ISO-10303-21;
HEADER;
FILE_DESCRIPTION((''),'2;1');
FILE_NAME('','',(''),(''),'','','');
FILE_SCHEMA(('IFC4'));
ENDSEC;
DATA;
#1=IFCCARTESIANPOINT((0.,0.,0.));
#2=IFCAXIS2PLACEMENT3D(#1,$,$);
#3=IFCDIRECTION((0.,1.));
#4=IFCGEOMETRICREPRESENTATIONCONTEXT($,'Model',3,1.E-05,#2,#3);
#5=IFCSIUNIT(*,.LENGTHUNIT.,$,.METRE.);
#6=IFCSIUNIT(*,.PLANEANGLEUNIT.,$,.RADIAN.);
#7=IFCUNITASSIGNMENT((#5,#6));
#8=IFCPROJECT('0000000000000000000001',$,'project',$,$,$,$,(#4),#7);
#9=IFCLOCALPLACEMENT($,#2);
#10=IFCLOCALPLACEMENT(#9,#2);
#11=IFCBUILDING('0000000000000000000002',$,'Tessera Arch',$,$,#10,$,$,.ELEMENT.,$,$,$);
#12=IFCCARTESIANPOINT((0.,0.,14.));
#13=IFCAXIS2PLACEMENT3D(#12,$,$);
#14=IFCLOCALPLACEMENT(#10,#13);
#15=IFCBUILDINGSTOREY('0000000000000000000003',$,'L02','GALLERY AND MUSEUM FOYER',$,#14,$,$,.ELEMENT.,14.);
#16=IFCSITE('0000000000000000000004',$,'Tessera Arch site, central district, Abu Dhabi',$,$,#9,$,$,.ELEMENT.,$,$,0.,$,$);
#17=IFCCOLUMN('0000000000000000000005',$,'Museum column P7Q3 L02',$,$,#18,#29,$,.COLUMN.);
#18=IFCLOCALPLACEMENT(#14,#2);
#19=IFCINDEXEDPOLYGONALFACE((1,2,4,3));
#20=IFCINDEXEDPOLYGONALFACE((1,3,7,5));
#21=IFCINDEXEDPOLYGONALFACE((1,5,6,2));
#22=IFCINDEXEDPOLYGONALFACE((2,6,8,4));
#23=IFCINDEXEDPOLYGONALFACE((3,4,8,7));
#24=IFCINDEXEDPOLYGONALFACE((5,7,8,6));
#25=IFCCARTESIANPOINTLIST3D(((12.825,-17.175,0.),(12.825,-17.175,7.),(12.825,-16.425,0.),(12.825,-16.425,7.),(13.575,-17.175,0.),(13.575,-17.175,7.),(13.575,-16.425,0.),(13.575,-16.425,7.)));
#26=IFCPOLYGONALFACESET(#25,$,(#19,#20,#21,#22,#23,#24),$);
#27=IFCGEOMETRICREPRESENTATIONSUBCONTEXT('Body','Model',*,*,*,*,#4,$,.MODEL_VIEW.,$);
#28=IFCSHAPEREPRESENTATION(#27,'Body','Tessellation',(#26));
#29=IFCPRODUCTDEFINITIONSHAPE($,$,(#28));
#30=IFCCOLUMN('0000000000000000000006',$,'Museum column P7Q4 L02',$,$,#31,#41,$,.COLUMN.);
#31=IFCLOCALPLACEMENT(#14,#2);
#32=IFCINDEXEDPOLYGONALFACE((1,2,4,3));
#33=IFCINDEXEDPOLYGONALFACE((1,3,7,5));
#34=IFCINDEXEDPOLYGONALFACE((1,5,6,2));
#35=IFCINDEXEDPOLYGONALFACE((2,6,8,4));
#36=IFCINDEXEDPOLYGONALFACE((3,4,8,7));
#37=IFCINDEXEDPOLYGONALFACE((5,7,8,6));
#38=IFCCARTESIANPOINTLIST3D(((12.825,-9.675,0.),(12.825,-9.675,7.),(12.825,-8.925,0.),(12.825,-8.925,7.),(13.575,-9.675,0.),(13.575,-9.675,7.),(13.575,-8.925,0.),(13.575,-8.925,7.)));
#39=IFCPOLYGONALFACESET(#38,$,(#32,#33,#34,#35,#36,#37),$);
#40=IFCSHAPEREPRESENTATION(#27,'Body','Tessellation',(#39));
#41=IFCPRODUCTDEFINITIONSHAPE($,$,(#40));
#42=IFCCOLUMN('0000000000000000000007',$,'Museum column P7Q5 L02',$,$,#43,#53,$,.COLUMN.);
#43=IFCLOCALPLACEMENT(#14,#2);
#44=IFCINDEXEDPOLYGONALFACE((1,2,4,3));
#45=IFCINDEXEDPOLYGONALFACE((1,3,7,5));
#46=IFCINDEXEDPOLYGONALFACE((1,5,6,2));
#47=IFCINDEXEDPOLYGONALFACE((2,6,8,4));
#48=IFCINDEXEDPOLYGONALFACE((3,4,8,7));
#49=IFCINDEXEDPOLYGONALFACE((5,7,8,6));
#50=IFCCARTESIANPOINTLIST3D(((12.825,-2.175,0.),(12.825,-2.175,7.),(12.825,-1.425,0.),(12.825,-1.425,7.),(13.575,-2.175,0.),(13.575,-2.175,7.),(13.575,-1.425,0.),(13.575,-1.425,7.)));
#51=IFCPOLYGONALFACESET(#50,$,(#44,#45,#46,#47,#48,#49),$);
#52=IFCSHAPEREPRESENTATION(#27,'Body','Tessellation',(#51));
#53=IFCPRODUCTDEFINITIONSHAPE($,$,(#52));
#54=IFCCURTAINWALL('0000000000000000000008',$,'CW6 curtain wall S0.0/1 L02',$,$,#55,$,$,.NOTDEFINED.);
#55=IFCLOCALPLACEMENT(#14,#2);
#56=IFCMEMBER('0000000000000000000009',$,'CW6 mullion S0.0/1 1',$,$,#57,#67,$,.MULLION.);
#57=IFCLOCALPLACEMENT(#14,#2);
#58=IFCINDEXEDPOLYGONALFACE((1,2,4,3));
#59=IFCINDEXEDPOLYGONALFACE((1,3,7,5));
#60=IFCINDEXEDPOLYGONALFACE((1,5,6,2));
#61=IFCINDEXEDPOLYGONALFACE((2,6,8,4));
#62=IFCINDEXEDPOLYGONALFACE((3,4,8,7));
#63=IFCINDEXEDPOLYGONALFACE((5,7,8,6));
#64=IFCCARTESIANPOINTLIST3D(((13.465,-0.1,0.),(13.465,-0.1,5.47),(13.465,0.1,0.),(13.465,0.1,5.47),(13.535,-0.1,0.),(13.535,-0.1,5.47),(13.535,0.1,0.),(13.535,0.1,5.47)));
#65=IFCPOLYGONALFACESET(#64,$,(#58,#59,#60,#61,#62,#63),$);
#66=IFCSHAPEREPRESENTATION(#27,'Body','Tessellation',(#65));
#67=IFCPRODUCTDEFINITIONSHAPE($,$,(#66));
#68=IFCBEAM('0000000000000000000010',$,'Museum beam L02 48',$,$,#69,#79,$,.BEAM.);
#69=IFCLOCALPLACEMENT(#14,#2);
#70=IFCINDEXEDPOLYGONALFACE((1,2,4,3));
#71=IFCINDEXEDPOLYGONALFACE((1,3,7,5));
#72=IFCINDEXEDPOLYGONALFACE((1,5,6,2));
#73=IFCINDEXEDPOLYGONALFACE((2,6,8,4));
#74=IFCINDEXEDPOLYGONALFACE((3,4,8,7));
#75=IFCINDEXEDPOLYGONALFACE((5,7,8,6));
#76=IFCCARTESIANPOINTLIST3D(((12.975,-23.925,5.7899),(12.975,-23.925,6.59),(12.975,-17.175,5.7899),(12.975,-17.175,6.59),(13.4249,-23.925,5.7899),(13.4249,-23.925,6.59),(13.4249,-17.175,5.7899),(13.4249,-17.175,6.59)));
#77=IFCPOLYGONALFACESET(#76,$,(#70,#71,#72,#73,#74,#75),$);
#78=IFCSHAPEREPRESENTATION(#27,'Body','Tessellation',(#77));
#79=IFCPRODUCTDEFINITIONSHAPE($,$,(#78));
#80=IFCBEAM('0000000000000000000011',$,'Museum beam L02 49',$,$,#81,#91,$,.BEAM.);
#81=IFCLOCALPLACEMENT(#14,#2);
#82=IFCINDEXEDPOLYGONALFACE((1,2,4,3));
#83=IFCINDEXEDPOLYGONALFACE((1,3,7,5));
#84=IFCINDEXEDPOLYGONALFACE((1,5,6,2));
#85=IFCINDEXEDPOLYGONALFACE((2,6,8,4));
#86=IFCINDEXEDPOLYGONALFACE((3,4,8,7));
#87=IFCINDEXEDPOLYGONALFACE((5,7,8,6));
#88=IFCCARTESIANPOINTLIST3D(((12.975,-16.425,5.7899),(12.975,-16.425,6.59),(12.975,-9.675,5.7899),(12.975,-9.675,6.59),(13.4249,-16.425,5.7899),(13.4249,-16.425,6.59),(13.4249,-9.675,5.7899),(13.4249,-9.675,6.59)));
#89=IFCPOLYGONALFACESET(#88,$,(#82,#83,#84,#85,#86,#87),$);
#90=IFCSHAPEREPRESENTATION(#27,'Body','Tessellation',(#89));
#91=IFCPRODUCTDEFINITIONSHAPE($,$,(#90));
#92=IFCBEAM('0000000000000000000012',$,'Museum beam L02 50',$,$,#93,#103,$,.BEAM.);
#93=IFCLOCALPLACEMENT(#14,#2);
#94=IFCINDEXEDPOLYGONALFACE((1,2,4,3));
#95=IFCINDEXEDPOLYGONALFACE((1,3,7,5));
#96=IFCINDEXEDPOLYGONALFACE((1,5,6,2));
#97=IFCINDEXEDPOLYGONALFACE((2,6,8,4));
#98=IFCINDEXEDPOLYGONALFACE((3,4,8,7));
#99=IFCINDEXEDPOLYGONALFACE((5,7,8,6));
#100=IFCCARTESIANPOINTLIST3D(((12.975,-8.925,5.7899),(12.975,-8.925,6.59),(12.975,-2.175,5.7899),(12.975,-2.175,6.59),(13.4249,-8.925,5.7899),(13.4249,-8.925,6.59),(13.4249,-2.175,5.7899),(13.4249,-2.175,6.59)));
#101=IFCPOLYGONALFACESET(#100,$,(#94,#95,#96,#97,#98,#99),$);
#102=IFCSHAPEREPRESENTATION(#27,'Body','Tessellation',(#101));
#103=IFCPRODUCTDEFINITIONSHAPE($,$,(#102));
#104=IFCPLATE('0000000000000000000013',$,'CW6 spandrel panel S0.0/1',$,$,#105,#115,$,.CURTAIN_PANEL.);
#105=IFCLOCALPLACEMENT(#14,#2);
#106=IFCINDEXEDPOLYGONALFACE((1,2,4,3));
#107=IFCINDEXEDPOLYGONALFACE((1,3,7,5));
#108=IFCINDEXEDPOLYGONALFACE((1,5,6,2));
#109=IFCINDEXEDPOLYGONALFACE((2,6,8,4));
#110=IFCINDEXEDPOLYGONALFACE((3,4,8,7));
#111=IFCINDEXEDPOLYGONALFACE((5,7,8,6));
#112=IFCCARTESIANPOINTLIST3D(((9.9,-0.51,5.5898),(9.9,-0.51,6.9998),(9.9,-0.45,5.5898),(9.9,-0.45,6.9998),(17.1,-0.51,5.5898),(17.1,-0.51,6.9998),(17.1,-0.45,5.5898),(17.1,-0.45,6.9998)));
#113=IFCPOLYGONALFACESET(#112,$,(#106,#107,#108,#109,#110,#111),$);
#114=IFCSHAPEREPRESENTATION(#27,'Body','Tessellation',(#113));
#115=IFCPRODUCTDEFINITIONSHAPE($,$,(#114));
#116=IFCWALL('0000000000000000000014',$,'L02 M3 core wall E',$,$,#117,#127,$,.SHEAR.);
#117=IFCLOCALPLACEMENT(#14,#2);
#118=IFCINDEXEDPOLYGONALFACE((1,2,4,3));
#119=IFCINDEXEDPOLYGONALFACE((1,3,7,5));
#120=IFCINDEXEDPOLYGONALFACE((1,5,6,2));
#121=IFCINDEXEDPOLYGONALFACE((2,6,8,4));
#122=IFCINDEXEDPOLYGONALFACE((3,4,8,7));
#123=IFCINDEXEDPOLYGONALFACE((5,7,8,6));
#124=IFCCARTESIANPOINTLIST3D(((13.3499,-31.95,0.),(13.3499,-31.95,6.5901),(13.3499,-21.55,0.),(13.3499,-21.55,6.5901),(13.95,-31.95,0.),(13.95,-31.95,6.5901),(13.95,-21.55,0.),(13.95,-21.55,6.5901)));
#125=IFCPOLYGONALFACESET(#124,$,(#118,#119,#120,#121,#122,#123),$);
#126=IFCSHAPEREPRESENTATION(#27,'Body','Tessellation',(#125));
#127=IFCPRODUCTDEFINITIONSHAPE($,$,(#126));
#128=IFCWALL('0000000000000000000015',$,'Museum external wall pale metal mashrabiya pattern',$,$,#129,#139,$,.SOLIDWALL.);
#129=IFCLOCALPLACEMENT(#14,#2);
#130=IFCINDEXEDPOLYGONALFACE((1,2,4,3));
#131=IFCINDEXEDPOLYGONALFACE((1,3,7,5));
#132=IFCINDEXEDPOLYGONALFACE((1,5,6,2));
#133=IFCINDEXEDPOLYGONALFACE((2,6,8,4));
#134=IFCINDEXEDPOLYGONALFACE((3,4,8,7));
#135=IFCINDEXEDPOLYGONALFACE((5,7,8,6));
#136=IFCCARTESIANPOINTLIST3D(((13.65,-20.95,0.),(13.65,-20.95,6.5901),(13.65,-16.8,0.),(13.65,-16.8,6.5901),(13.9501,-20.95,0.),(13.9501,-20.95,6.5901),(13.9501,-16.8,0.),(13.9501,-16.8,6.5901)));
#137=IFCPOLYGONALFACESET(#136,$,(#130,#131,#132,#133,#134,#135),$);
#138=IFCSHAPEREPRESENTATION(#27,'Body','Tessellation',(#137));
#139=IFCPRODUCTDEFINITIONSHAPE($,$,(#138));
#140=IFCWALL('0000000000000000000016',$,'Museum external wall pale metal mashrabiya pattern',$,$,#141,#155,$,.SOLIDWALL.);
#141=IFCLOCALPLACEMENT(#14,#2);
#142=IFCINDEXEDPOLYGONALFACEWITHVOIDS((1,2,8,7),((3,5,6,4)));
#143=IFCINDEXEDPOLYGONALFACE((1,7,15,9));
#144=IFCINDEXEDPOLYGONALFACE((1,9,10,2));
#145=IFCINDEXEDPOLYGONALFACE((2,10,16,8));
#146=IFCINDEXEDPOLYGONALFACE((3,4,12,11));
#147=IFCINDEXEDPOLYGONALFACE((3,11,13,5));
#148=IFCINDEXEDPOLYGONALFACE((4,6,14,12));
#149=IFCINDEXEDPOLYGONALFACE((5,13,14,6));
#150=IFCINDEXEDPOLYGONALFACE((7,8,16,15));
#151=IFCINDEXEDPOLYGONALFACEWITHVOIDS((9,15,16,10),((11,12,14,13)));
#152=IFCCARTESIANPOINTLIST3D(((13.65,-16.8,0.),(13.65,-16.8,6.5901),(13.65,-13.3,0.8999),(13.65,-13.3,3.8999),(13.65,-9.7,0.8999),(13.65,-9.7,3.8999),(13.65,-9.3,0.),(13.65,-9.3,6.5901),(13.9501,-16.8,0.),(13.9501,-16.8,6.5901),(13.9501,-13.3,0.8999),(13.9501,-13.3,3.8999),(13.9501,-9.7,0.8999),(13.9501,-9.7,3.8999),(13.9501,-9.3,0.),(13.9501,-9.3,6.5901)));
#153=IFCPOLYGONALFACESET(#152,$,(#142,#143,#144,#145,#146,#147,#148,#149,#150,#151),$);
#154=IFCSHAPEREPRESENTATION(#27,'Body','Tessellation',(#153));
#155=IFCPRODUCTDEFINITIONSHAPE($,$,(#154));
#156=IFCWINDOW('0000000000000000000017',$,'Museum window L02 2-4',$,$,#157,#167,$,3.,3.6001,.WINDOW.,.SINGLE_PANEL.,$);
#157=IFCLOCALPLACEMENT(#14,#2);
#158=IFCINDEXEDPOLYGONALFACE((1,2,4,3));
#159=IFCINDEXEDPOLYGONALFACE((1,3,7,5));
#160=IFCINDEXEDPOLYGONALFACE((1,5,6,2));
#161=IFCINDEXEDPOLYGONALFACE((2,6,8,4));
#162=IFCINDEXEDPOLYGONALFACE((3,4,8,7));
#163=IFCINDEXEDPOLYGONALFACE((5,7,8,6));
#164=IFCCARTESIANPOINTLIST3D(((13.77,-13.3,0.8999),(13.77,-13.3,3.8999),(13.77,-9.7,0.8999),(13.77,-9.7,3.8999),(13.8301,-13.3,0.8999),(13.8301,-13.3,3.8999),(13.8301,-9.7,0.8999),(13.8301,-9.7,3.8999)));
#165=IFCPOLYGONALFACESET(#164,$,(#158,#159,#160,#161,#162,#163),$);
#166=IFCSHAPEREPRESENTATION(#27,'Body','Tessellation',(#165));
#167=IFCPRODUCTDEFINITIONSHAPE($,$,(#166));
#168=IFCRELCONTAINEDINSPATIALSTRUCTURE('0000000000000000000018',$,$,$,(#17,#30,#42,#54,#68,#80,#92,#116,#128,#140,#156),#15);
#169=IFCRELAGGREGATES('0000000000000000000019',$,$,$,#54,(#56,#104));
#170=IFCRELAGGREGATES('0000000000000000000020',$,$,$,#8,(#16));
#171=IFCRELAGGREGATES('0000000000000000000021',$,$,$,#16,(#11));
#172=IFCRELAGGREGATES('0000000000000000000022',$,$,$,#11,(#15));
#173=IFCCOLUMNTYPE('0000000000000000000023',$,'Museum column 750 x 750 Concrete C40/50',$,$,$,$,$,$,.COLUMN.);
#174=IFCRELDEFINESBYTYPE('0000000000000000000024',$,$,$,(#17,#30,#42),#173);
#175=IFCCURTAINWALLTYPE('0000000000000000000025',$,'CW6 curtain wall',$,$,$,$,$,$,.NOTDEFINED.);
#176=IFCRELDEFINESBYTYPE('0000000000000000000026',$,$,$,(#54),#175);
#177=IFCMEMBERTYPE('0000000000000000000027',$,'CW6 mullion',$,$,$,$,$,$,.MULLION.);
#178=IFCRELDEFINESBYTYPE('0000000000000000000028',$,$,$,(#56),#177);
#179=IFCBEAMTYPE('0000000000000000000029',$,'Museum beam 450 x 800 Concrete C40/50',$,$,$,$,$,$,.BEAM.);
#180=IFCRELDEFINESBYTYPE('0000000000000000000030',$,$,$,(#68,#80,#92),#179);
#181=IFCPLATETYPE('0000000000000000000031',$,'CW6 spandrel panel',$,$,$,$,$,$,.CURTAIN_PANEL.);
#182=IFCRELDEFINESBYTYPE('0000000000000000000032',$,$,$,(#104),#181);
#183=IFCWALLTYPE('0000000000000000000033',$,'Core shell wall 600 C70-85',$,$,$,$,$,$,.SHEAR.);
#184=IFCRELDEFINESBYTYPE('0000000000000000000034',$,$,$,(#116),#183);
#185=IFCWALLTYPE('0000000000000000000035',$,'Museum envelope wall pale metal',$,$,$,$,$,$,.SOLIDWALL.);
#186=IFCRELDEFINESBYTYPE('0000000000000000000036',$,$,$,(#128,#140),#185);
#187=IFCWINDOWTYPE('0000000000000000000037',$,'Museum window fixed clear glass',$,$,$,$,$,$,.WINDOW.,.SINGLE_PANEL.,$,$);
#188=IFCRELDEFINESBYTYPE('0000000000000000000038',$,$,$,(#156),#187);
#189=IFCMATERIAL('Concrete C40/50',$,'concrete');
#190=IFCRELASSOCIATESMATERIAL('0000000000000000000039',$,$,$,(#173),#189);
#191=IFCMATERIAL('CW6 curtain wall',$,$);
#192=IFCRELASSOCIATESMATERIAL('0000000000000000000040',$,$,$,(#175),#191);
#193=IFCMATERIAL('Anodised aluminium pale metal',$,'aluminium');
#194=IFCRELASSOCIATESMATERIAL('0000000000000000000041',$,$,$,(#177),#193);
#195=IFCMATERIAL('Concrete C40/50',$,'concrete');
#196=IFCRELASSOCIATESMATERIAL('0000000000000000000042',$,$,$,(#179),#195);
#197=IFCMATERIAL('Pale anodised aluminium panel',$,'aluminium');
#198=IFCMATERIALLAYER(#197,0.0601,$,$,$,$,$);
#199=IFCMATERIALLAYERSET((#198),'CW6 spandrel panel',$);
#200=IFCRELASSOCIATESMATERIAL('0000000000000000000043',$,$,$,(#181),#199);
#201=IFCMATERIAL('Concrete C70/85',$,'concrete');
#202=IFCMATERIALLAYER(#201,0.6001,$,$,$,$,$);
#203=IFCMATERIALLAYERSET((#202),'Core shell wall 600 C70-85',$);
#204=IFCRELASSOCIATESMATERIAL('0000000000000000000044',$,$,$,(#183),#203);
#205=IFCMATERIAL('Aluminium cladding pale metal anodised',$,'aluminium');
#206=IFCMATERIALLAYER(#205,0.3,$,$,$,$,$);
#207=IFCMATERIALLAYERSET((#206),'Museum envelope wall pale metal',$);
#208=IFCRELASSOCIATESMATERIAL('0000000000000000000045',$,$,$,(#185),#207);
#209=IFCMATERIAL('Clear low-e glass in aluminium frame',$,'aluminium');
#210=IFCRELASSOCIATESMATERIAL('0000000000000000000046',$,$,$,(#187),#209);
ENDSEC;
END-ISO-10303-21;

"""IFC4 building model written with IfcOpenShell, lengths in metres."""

from ifc_helpers import new_model, si_unit, direction, frame, frame_2d, origin, origin_2d, place, context, subcontext, project, spatial, rectangle, extrude, material, layer, layer_set, material_profile, profile_set, type_object, element, fill, aggregate, save


model = new_model("IFC4")

# Units and contexts
model_context = context("Model", 3, precision=1e-05, world=origin(), true_north=direction((0.0, 1.0)))
body_context = subcontext(model_context, "Body", "Model", "MODEL_VIEW")
ifc_project = project(units=[si_unit("LENGTHUNIT", "METRE"), si_unit("PLANEANGLEUNIT", "RADIAN")], contexts=[model_context])

# Site, building, storey
site_placement = place(None, origin())
site = spatial("IfcSite", under=ifc_project, at=site_placement, Name="Tessera Arch site, central district, Abu Dhabi", CompositionType="ELEMENT", RefElevation=0.0)
building_placement = place(site_placement, origin())
building = spatial("IfcBuilding", under=site, at=building_placement, Name="Tessera Arch", CompositionType="ELEMENT")
storey_placement = place(building_placement, frame((0.0, 0.0, 14.0)))
storey = spatial("IfcBuildingStorey", under=building, at=storey_placement, Name="L02", Description="GALLERY AND MUSEUM FOYER", CompositionType="ELEMENT", Elevation=14.0)

# Columns
ifc_material_1 = material(Name="Concrete C40/50", Category="concrete")
ifc_material_profile_1 = material_profile(ifc_material_1, rectangle(XDim=0.75, YDim=0.75, at=origin_2d()), Name="Museum column 750 x 750 Concrete C40/50")
ifc_profile_set_1 = profile_set([ifc_material_profile_1], Name="Concrete C40/50")
column_type = type_object("IfcColumnType", Name="Museum column 750 x 750 Concrete C40/50", PredefinedType="COLUMN", material=ifc_profile_set_1)
for number, where, z_axis, x_axis, name in (
    (1, (13.2, -16.8, 0.0), (0.0, 0.0, 1.0), (1.0, 0.0, 0.0), "Museum column P7Q3 L02"),
    (2, (13.2, -9.3, 0.0), (0.0, 0.0, 1.0), (1.0, 0.0, 0.0), "Museum column P7Q4 L02"),
    (3, (13.2, -1.8, 0.0), (0.0, 0.0, 1.0), (1.0, 0.0, 0.0), "Museum column P7Q5 L02"),
):
    element("IfcColumn", number, at=place(storey_placement, frame(where, z_axis=z_axis, x_axis=x_axis)), inside=storey, type_object=column_type, Name=name, PredefinedType="COLUMN", context=body_context, shape_type="SweptSolid", body=[
        extrude(rectangle(XDim=0.75, YDim=0.75, at=origin_2d()), origin(), (0.0, 0.0, 1.0), 7.0),
    ])

# Curtain wall, member
ifc_material_2 = material(Name="CW6 curtain wall")
curtain_wall_type = type_object("IfcCurtainWallType", Name="CW6 curtain wall", PredefinedType="NOTDEFINED", material=ifc_material_2)
curtain_wall_placement = place(storey_placement, origin())
curtain_wall = element("IfcCurtainWall", 4, at=curtain_wall_placement, inside=storey, type_object=curtain_wall_type, Name="CW6 curtain wall S0.0/1 L02", PredefinedType="NOTDEFINED")
ifc_material_3 = material(Name="Anodised aluminium pale metal", Category="aluminium")
ifc_material_profile_2 = material_profile(ifc_material_3, rectangle(XDim=0.2, YDim=0.0701, at=origin_2d()), Name="AL 70x200")
ifc_profile_set_2 = profile_set([ifc_material_profile_2], Name="Anodised aluminium pale metal")
member_type = type_object("IfcMemberType", Name="CW6 mullion", PredefinedType="MULLION", material=ifc_profile_set_2)
member_placement = place(storey_placement, frame((13.5, 0.0, 0.0), z_axis=(0.0, 0.0, 1.0), x_axis=(0.0, 1.0, 0.0)))
member = element("IfcMember", 5, at=member_placement, type_object=member_type, Name="CW6 mullion S0.0/1 1", PredefinedType="MULLION", context=body_context, shape_type="SweptSolid", body=[
    extrude(rectangle(XDim=0.2, YDim=0.0701, at=origin_2d()), origin(), (0.0, 0.0, 1.0), 5.47),
])

# Beams
ifc_material_4 = material(Name="Concrete C40/50", Category="concrete")
ifc_material_profile_3 = material_profile(ifc_material_4, rectangle(XDim=0.45, YDim=0.8, at=origin_2d()), Name="Museum beam 450 x 800 Concrete C40/50")
ifc_profile_set_3 = profile_set([ifc_material_profile_3], Name="Concrete C40/50")
beam_type = type_object("IfcBeamType", Name="Museum beam 450 x 800 Concrete C40/50", PredefinedType="BEAM", material=ifc_profile_set_3)
for number, where, z_axis, x_axis, name in (
    (6, (13.2, -23.925, 6.1899), (0.0, 1.0, 0.0), (-1.0, 0.0, 0.0), "Museum beam L02 48"),
    (7, (13.2, -16.425, 6.1899), (0.0, 1.0, 0.0), (-1.0, 0.0, 0.0), "Museum beam L02 49"),
    (8, (13.2, -8.925, 6.1899), (0.0, 1.0, 0.0), (-1.0, 0.0, 0.0), "Museum beam L02 50"),
):
    element("IfcBeam", number, at=place(storey_placement, frame(where, z_axis=z_axis, x_axis=x_axis)), inside=storey, type_object=beam_type, Name=name, PredefinedType="BEAM", context=body_context, shape_type="SweptSolid", body=[
        extrude(rectangle(XDim=0.45, YDim=0.8, at=origin_2d()), origin(), (0.0, 0.0, 1.0), 6.75),
    ])

# Plate
ifc_material_5 = material(Name="Pale anodised aluminium panel", Category="aluminium")
ifc_layer_1 = layer(ifc_material_5, 0.0601)
ifc_layer_set_1 = layer_set([ifc_layer_1], Name="CW6 spandrel panel")
plate_type = type_object("IfcPlateType", Name="CW6 spandrel panel", PredefinedType="CURTAIN_PANEL", material=ifc_layer_set_1)
plate_placement = place(storey_placement, frame((13.5, -0.48, 5.5898), z_axis=(0.0, 0.0, 1.0), x_axis=(1.0, 0.0, 0.0)))
plate = element("IfcPlate", 9, at=plate_placement, type_object=plate_type, Name="CW6 spandrel panel S0.0/1", PredefinedType="CURTAIN_PANEL", context=body_context, shape_type="SweptSolid", body=[
    extrude(rectangle(XDim=7.2, YDim=0.0601, at=origin_2d()), origin(), (0.0, 0.0, 1.0), 1.4099),
])
aggregate(curtain_wall, [member, plate])

# Walls
ifc_material_6 = material(Name="Concrete C70/85", Category="concrete")
ifc_layer_2 = layer(ifc_material_6, 0.6001)
ifc_layer_set_2 = layer_set([ifc_layer_2], Name="Core shell wall 600 C70-85")
wall_type_1 = type_object("IfcWallType", Name="Core shell wall 600 C70-85", PredefinedType="SHEAR", material=ifc_layer_set_2)
wall_1_placement = place(storey_placement, frame((13.6499, -31.95, 0.0), z_axis=(0.0, 0.0, 1.0), x_axis=(0.0, 1.0, 0.0)))
element("IfcWall", 10, at=wall_1_placement, inside=storey, type_object=wall_type_1, Name="L02 M3 core wall E", PredefinedType="SHEAR", context=body_context, shape_type="SweptSolid", body=[
    extrude(rectangle(XDim=10.3999, YDim=0.6001, at=frame_2d((5.2, 0.0))), origin(), (0.0, 0.0, 1.0), 6.5901),
])
ifc_material_7 = material(Name="Aluminium cladding pale metal anodised", Category="aluminium")
ifc_layer_3 = layer(ifc_material_7, 0.3)
ifc_layer_set_3 = layer_set([ifc_layer_3], Name="Museum envelope wall pale metal")
wall_type_2 = type_object("IfcWallType", Name="Museum envelope wall pale metal", PredefinedType="SOLIDWALL", material=ifc_layer_set_3)
wall_2_placement = place(storey_placement, frame((13.8, -20.95, 0.0), z_axis=(0.0, 0.0, 1.0), x_axis=(0.0, 1.0, 0.0)))
element("IfcWall", 11, at=wall_2_placement, inside=storey, type_object=wall_type_2, Name="Museum external wall pale metal mashrabiya pattern", PredefinedType="SOLIDWALL", context=body_context, shape_type="SweptSolid", body=[
    extrude(rectangle(XDim=4.1499, YDim=0.3, at=frame_2d((2.075, 0.0))), origin(), (0.0, 0.0, 1.0), 6.5901),
])

# Wall, opening, window
wall_3_placement = place(storey_placement, frame((13.8, -16.8, 0.0), z_axis=(0.0, 0.0, 1.0), x_axis=(0.0, 1.0, 0.0)))
wall_3 = element("IfcWall", 12, at=wall_3_placement, inside=storey, type_object=wall_type_2, Name="Museum external wall pale metal mashrabiya pattern", PredefinedType="SOLIDWALL", context=body_context, shape_type="SweptSolid", body=[
    extrude(rectangle(XDim=7.5, YDim=0.3, at=frame_2d((3.75, 0.0))), origin(), (0.0, 0.0, 1.0), 6.5901),
])
opening_1_placement = place(wall_3_placement, frame((3.5, 0.0, 0.8999)))
opening_1 = element("IfcOpeningElement", 13, at=opening_1_placement, cuts=wall_3, PredefinedType="OPENING", context=body_context, shape_type="SweptSolid", body=[
    extrude(rectangle(XDim=3.6001, YDim=3.0, at=frame_2d((1.8, 1.5))), frame((0.0, 0.1599, 0.0), z_axis=(0.0, -1.0, 0.0), x_axis=(1.0, 0.0, 0.0)), (0.0, 0.0, 1.0), 0.3201),
])
ifc_material_8 = material(Name="Clear low-e glass in aluminium frame", Category="aluminium")
window_type = type_object("IfcWindowType", Name="Museum window fixed clear glass", PartitioningType="SINGLE_PANEL", PredefinedType="WINDOW", material=ifc_material_8)
window_1_placement = place(opening_1_placement, origin())
window_1 = element("IfcWindow", 14, at=window_1_placement, inside=storey, type_object=window_type, Name="Museum window L02 2-4", OverallHeight=3.0, OverallWidth=3.6001, PartitioningType="SINGLE_PANEL", PredefinedType="WINDOW", context=body_context, shape_type="SweptSolid", body=[
    extrude(rectangle(XDim=3.6001, YDim=3.0, at=frame_2d((1.8, 1.5))), frame((0.0, 0.03, 0.0), z_axis=(0.0, -1.0, 0.0), x_axis=(1.0, 0.0, 0.0)), (0.0, 0.0, 1.0), 0.0601),
])
fill(opening_1, window_1)

save(model, "model.ifc")
